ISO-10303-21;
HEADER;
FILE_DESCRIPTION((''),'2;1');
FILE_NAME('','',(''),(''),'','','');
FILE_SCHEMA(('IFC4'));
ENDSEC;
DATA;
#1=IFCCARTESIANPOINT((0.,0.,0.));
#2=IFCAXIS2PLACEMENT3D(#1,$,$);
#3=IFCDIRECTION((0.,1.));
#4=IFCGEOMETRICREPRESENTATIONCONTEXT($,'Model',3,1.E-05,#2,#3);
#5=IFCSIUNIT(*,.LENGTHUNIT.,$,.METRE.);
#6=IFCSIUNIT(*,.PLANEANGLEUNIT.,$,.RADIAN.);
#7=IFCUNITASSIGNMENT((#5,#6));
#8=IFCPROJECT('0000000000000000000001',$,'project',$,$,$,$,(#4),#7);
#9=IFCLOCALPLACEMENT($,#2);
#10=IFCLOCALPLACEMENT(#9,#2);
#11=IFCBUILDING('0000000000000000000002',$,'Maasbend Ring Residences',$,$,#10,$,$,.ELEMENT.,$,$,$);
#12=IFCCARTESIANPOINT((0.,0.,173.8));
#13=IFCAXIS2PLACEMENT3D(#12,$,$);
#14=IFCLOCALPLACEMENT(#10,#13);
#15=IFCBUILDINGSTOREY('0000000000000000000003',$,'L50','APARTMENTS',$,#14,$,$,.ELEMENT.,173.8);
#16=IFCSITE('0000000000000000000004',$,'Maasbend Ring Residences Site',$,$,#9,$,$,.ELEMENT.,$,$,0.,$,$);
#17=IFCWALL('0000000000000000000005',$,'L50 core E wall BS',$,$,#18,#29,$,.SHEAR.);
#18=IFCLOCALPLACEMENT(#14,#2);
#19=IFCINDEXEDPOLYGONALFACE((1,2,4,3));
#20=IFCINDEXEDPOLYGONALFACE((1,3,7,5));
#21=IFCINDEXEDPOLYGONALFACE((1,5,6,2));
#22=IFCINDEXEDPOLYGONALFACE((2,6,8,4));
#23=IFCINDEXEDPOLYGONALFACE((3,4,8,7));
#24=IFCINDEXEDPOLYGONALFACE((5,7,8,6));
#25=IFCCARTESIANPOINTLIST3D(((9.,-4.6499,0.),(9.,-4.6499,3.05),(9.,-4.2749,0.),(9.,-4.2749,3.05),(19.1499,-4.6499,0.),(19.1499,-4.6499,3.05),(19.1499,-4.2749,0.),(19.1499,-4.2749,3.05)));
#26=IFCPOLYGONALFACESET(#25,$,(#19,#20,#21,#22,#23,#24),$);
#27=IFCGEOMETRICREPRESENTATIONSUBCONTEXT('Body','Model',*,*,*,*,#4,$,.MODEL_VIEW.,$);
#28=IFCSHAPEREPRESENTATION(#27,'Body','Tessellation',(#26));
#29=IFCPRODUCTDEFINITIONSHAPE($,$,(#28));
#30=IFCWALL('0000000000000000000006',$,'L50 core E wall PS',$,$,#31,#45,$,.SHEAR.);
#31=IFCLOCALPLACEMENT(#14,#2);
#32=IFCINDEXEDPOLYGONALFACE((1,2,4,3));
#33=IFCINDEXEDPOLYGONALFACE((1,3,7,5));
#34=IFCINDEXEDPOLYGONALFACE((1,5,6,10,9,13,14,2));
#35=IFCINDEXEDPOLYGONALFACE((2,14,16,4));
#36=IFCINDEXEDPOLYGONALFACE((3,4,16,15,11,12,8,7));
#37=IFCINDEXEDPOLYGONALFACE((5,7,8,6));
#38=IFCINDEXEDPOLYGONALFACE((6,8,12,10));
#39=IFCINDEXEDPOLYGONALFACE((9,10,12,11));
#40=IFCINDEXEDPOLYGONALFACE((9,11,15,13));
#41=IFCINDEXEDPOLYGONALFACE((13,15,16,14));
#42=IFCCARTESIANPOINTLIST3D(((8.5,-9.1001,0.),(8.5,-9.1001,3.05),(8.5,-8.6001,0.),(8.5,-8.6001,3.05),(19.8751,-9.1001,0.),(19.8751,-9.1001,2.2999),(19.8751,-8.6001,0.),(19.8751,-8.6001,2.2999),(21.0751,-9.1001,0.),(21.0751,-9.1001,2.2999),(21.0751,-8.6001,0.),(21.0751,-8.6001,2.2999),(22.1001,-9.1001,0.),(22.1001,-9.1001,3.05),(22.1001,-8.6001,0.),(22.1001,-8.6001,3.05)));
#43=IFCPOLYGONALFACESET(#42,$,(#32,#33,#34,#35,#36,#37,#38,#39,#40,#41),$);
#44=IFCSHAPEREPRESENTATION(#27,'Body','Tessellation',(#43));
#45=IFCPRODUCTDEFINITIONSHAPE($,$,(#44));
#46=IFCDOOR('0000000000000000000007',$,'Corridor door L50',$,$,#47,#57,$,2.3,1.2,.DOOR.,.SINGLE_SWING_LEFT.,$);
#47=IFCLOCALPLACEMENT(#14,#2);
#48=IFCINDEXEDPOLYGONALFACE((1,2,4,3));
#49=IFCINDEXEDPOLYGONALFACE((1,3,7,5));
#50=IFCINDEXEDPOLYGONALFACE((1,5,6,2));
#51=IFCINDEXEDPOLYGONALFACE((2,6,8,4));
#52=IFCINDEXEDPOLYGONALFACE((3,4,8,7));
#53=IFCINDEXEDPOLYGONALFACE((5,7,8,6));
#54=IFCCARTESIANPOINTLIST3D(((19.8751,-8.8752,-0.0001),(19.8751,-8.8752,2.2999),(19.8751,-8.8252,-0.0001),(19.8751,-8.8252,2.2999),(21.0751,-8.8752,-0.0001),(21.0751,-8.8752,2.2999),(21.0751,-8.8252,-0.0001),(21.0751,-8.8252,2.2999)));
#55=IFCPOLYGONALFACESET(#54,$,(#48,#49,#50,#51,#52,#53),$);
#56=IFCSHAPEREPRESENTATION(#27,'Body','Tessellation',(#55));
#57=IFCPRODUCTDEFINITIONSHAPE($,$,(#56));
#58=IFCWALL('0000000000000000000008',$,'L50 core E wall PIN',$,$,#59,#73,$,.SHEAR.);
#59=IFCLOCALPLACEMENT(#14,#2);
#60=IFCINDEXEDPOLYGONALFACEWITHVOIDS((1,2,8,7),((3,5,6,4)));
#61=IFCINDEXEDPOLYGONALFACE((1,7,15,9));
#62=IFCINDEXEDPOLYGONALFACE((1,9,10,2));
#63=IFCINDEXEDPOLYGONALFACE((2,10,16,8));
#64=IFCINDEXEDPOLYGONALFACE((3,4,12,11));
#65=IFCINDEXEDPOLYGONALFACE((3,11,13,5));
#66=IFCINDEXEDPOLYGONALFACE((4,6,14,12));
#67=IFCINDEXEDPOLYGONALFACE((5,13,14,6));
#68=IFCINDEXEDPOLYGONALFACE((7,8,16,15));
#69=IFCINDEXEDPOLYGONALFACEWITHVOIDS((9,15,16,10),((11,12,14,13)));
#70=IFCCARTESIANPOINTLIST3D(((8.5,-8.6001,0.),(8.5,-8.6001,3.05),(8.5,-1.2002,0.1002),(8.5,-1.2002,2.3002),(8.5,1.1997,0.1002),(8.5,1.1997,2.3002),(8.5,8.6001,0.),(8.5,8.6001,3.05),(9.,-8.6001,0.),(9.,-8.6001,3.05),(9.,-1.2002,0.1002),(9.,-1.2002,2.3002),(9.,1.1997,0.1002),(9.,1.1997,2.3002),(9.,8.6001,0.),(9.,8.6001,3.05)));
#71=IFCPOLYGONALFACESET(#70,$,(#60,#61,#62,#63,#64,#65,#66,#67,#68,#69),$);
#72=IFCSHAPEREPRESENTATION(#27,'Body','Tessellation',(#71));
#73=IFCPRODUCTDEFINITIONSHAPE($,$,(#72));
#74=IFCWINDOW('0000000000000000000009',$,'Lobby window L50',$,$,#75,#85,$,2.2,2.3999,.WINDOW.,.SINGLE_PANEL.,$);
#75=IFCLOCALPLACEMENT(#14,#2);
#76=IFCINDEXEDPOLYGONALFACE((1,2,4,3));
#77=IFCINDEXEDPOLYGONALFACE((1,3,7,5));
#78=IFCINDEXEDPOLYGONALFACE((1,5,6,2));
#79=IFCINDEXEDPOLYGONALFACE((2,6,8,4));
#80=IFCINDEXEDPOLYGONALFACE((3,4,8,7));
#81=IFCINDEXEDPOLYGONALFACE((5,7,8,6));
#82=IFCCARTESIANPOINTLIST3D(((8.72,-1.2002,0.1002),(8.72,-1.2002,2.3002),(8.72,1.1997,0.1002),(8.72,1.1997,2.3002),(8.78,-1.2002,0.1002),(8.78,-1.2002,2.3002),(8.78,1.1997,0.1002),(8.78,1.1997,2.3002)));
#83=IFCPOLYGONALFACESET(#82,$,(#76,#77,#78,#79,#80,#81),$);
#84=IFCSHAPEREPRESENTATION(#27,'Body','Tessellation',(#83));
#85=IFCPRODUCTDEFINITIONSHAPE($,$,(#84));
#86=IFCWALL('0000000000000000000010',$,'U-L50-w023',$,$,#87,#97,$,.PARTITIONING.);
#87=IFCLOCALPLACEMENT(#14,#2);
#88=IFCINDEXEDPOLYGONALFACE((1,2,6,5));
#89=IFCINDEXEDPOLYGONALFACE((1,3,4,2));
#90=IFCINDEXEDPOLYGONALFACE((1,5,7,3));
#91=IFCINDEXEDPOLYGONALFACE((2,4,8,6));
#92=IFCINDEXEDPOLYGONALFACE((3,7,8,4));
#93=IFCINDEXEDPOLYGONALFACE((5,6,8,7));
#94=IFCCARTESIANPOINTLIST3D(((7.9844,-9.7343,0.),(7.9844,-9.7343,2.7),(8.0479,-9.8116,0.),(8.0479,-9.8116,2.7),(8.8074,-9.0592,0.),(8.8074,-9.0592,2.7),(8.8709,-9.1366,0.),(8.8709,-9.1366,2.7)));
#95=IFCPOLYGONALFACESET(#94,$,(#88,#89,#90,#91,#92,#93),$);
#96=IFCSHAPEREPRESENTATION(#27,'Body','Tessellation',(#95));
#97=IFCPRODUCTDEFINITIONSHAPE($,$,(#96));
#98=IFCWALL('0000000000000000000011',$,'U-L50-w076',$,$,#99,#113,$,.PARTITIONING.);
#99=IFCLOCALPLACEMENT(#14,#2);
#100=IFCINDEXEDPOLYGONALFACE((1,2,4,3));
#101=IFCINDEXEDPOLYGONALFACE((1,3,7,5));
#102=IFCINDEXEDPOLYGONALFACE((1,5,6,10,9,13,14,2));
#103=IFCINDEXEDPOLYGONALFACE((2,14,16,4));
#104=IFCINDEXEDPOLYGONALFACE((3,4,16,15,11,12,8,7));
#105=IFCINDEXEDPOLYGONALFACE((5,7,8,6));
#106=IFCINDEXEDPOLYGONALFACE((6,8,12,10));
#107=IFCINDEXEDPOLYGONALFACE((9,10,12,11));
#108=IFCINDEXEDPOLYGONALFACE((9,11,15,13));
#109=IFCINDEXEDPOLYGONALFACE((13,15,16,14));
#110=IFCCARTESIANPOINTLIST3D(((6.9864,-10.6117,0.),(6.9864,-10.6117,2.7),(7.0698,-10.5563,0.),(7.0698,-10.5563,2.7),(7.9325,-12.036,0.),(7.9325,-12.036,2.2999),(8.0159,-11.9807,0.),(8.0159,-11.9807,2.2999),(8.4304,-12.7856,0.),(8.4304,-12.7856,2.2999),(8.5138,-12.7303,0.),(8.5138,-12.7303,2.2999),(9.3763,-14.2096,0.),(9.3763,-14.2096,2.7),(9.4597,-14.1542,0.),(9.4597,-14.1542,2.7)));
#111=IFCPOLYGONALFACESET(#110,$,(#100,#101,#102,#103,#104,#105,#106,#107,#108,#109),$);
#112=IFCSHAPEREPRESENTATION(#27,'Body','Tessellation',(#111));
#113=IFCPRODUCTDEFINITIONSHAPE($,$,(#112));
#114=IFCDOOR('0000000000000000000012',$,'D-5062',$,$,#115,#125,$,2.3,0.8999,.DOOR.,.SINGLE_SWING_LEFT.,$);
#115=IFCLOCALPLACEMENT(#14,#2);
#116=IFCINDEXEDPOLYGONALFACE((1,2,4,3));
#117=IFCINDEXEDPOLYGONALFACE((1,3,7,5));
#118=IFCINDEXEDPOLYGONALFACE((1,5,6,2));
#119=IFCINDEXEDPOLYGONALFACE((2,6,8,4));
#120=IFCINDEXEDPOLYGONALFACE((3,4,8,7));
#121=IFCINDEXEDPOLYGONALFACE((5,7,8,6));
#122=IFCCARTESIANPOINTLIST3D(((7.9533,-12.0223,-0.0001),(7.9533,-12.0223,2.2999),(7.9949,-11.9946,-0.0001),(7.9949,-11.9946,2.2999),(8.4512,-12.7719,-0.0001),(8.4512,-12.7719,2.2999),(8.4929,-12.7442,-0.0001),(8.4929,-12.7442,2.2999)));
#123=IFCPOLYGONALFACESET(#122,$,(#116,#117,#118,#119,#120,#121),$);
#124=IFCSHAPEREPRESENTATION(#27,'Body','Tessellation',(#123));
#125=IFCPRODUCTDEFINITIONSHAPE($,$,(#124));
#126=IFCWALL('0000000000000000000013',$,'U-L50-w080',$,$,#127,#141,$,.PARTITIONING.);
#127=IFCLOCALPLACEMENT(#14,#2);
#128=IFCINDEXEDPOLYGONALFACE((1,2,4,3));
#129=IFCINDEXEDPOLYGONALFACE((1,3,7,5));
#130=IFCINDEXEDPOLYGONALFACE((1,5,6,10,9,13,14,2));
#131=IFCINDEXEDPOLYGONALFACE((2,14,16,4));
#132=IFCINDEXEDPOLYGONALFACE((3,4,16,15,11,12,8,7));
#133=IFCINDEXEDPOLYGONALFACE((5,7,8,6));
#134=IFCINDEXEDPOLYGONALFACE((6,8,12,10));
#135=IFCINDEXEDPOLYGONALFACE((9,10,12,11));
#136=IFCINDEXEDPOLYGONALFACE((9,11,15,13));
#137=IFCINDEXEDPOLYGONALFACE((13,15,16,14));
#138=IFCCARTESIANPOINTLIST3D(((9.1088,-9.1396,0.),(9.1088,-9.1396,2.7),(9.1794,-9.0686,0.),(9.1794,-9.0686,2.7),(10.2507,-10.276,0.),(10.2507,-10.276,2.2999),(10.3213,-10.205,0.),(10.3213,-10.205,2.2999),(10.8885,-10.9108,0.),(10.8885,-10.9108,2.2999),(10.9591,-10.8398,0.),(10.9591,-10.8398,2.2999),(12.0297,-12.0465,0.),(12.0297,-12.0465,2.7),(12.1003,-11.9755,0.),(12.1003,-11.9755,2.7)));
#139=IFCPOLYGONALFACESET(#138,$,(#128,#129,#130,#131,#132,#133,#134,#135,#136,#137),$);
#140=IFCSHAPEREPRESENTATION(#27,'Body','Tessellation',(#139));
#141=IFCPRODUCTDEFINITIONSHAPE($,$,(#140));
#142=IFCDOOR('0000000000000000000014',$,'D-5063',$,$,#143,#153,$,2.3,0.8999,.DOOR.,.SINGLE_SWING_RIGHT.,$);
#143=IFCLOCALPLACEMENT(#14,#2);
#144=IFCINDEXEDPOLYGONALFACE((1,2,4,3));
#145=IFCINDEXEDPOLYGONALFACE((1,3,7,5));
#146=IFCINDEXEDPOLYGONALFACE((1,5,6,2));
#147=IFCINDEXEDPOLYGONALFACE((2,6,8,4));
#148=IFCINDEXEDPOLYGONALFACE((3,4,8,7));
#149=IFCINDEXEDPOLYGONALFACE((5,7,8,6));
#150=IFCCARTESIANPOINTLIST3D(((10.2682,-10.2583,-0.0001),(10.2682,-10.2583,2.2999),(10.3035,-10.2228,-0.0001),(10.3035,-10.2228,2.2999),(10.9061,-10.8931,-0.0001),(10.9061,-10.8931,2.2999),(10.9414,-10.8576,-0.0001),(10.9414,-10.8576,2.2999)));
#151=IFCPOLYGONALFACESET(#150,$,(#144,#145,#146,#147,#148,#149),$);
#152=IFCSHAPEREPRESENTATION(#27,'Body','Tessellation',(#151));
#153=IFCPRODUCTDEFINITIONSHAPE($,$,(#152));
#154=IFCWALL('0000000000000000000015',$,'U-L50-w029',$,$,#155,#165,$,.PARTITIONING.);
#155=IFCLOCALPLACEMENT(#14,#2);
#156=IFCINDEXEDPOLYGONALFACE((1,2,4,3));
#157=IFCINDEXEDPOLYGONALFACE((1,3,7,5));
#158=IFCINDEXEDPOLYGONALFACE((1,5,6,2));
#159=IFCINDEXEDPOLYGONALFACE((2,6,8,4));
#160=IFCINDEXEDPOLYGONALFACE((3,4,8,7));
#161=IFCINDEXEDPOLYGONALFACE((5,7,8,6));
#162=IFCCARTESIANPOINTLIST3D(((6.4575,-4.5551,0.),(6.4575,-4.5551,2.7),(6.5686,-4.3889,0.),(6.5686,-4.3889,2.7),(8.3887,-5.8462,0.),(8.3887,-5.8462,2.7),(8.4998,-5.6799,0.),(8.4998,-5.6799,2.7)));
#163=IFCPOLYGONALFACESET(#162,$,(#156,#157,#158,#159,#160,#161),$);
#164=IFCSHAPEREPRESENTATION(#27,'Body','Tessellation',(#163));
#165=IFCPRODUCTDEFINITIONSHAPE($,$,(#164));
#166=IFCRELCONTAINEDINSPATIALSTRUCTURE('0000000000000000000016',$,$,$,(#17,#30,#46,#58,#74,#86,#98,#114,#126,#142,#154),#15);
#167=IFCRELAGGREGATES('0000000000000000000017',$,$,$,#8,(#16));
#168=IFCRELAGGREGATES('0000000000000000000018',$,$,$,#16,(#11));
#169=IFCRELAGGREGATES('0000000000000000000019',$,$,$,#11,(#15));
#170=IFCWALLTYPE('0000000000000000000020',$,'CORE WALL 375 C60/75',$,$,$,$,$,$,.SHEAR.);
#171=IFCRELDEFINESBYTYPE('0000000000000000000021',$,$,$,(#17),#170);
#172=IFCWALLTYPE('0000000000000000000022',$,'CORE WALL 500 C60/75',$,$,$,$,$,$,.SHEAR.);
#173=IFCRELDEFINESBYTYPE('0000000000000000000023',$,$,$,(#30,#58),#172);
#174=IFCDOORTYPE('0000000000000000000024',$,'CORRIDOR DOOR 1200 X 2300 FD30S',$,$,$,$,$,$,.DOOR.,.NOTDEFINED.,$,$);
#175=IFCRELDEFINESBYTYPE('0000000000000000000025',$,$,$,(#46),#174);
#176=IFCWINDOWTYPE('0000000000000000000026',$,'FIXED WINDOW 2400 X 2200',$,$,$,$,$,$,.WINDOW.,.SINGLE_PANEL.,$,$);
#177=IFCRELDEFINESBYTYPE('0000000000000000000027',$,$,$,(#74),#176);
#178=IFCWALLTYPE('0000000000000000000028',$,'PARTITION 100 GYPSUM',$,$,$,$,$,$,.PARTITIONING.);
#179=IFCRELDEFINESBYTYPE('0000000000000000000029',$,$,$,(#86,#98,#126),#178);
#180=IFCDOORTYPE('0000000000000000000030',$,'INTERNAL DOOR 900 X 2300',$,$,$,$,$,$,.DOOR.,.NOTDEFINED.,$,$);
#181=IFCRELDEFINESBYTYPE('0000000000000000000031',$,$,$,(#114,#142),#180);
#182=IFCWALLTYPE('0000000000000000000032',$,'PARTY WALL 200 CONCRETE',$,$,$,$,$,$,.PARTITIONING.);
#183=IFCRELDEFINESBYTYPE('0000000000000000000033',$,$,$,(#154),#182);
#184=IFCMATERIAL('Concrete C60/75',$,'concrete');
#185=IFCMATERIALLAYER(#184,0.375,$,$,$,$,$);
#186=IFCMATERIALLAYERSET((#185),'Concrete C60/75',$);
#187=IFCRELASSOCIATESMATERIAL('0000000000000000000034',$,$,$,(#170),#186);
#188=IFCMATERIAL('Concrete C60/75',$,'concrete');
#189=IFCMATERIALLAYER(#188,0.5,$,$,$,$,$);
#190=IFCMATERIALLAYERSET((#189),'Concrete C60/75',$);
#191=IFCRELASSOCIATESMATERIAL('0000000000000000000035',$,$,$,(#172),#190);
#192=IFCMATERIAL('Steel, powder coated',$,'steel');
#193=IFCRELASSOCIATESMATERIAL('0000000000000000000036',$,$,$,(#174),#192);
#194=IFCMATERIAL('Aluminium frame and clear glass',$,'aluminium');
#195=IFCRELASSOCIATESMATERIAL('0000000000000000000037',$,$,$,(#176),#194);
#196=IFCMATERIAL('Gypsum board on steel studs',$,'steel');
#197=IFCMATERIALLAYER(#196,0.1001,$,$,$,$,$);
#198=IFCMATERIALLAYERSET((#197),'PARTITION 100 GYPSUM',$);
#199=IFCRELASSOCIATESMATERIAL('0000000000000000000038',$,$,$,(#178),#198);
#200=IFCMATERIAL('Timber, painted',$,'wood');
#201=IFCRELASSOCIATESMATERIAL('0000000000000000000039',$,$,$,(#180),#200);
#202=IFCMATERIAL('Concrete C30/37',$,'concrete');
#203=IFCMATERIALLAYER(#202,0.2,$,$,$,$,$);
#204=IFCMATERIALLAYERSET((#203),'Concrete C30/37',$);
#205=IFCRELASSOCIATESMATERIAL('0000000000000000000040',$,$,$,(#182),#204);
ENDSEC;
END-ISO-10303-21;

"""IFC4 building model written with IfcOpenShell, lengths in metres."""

from ifc_helpers import new_model, si_unit, direction, frame, frame_2d, origin, place, context, subcontext, project, spatial, rectangle, extrude, material, layer, layer_set, type_object, element, fill, save


model = new_model("IFC4")

# Units and contexts
model_context = context("Model", 3, precision=1e-05, world=origin(), true_north=direction((0.0, 1.0)))
body_context = subcontext(model_context, "Body", "Model", "MODEL_VIEW")
ifc_project = project(units=[si_unit("LENGTHUNIT", "METRE"), si_unit("PLANEANGLEUNIT", "RADIAN")], contexts=[model_context])

# Site, building, storey
site_placement = place(None, origin())
site = spatial("IfcSite", under=ifc_project, at=site_placement, Name="Maasbend Ring Residences Site", CompositionType="ELEMENT", RefElevation=0.0)
building_placement = place(site_placement, origin())
building = spatial("IfcBuilding", under=site, at=building_placement, Name="Maasbend Ring Residences", CompositionType="ELEMENT")
storey_placement = place(building_placement, frame((0.0, 0.0, 173.8)))
storey = spatial("IfcBuildingStorey", under=building, at=storey_placement, Name="L50", Description="APARTMENTS", CompositionType="ELEMENT", Elevation=173.8)

# Wall
ifc_material_1 = material(Name="Concrete C60/75", Category="concrete")
ifc_layer_1 = layer(ifc_material_1, 0.375)
ifc_layer_set_1 = layer_set([ifc_layer_1], Name="Concrete C60/75")
wall_type_1 = type_object("IfcWallType", Name="CORE WALL 375 C60/75", PredefinedType="SHEAR", material=ifc_layer_set_1)
wall_1_placement = place(storey_placement, frame((9.0, -4.4624, 0.0), z_axis=(0.0, 0.0, 1.0), x_axis=(1.0, 0.0, 0.0)))
element("IfcWall", 1, at=wall_1_placement, inside=storey, type_object=wall_type_1, Name="L50 core E wall BS", PredefinedType="SHEAR", context=body_context, shape_type="SweptSolid", body=[
    extrude(rectangle(XDim=10.1499, YDim=0.375, at=frame_2d((5.075, 0.0))), origin(), (0.0, 0.0, 1.0), 3.05),
])

# Wall, opening, door
ifc_material_2 = material(Name="Concrete C60/75", Category="concrete")
ifc_layer_2 = layer(ifc_material_2, 0.5)
ifc_layer_set_2 = layer_set([ifc_layer_2], Name="Concrete C60/75")
wall_type_2 = type_object("IfcWallType", Name="CORE WALL 500 C60/75", PredefinedType="SHEAR", material=ifc_layer_set_2)
wall_2_placement = place(storey_placement, frame((8.5, -8.8501, 0.0), z_axis=(0.0, 0.0, 1.0), x_axis=(1.0, 0.0, 0.0)))
wall_2 = element("IfcWall", 2, at=wall_2_placement, inside=storey, type_object=wall_type_2, Name="L50 core E wall PS", PredefinedType="SHEAR", context=body_context, shape_type="SweptSolid", body=[
    extrude(rectangle(XDim=13.6001, YDim=0.5, at=frame_2d((6.8, 0.0))), origin(), (0.0, 0.0, 1.0), 3.05),
])
opening_1_placement = place(wall_2_placement, frame((11.375, 0.0, 0.0)))
opening_1 = element("IfcOpeningElement", 3, at=opening_1_placement, cuts=wall_2, PredefinedType="OPENING", context=body_context, shape_type="SweptSolid", body=[
    extrude(rectangle(XDim=1.2, YDim=2.3, at=frame_2d((0.6001, 1.1499))), frame((0.0, 0.26, 0.0), z_axis=(0.0, -1.0, 0.0), x_axis=(1.0, 0.0, 0.0)), (0.0, 0.0, 1.0), 0.52),
])
ifc_material_3 = material(Name="Steel, powder coated", Category="steel")
door_type_1 = type_object("IfcDoorType", Name="CORRIDOR DOOR 1200 X 2300 FD30S", OperationType="NOTDEFINED", PredefinedType="DOOR", material=ifc_material_3)
door_1_placement = place(opening_1_placement, origin())
door_1 = element("IfcDoor", 4, at=door_1_placement, inside=storey, type_object=door_type_1, Name="Corridor door L50", OperationType="SINGLE_SWING_LEFT", OverallHeight=2.3, OverallWidth=1.2, PredefinedType="DOOR", context=body_context, shape_type="SweptSolid", body=[
    extrude(rectangle(XDim=1.2, YDim=2.3, at=frame_2d((0.6001, 1.1499))), frame((0.0, 0.0249, 0.0), z_axis=(0.0, -1.0, 0.0), x_axis=(1.0, 0.0, 0.0)), (0.0, 0.0, 1.0), 0.05),
])
fill(opening_1, door_1)

# Wall, opening, window
wall_3_placement = place(storey_placement, frame((8.75, -8.6001, 0.0), z_axis=(0.0, 0.0, 1.0), x_axis=(0.0, 1.0, 0.0)))
wall_3 = element("IfcWall", 5, at=wall_3_placement, inside=storey, type_object=wall_type_2, Name="L50 core E wall PIN", PredefinedType="SHEAR", context=body_context, shape_type="SweptSolid", body=[
    extrude(rectangle(XDim=17.2002, YDim=0.5, at=frame_2d((8.6001, 0.0))), origin(), (0.0, 0.0, 1.0), 3.05),
])
opening_2_placement = place(wall_3_placement, frame((7.3999, 0.0, 0.1001)))
opening_2 = element("IfcOpeningElement", 6, at=opening_2_placement, cuts=wall_3, PredefinedType="OPENING", context=body_context, shape_type="SweptSolid", body=[
    extrude(rectangle(XDim=2.3999, YDim=2.2, at=frame_2d((1.2, 1.1001))), frame((0.0, 0.26, 0.0), z_axis=(0.0, -1.0, 0.0), x_axis=(1.0, 0.0, 0.0)), (0.0, 0.0, 1.0), 0.52),
])
ifc_material_4 = material(Name="Aluminium frame and clear glass", Category="aluminium")
window_type = type_object("IfcWindowType", Name="FIXED WINDOW 2400 X 2200", PartitioningType="SINGLE_PANEL", PredefinedType="WINDOW", material=ifc_material_4)
window_placement = place(opening_2_placement, origin())
window = element("IfcWindow", 7, at=window_placement, inside=storey, type_object=window_type, Name="Lobby window L50", OverallHeight=2.2, OverallWidth=2.3999, PartitioningType="SINGLE_PANEL", PredefinedType="WINDOW", context=body_context, shape_type="SweptSolid", body=[
    extrude(rectangle(XDim=2.3999, YDim=2.2, at=frame_2d((1.2, 1.1001))), frame((0.0, 0.03, 0.0), z_axis=(0.0, -1.0, 0.0), x_axis=(1.0, 0.0, 0.0)), (0.0, 0.0, 1.0), 0.0601),
])
fill(opening_2, window)

# Wall
ifc_material_5 = material(Name="Gypsum board on steel studs", Category="steel")
ifc_layer_3 = layer(ifc_material_5, 0.1001)
ifc_layer_set_3 = layer_set([ifc_layer_3], Name="PARTITION 100 GYPSUM")
wall_type_3 = type_object("IfcWallType", Name="PARTITION 100 GYPSUM", PredefinedType="PARTITIONING", material=ifc_layer_set_3)
wall_4_placement = place(storey_placement, frame((8.0161, -9.7729, 0.0), z_axis=(0.0, 0.0, 1.0), x_axis=(0.77318, 0.634187, 0.0)))
element("IfcWall", 8, at=wall_4_placement, inside=storey, type_object=wall_type_3, Name="U-L50-w023", PredefinedType="PARTITIONING", context=body_context, shape_type="SweptSolid", body=[
    extrude(rectangle(XDim=1.0645, YDim=0.1001, at=frame_2d((0.5322, 0.0))), origin(), (0.0, 0.0, 1.0), 2.7),
])

# Walls, openings, doors
wall_5_placement = place(storey_placement, frame((7.0281, -10.584, 0.0), z_axis=(0.0, 0.0, 1.0), x_axis=(0.553304, -0.83298, 0.0)))
wall_5 = element("IfcWall", 9, at=wall_5_placement, inside=storey, type_object=wall_type_3, Name="U-L50-w076", PredefinedType="PARTITIONING", context=body_context, shape_type="SweptSolid", body=[
    extrude(rectangle(XDim=4.3193, YDim=0.1001, at=frame_2d((2.1597, 0.0))), origin(), (0.0, 0.0, 1.0), 2.7),
])
opening_3_placement = place(wall_5_placement, frame((1.71, 0.0, 0.0)))
opening_3 = element("IfcOpeningElement", 10, at=opening_3_placement, cuts=wall_5, PredefinedType="OPENING", context=body_context, shape_type="SweptSolid", body=[
    extrude(rectangle(XDim=0.8999, YDim=2.3, at=frame_2d((0.45, 1.1499))), frame((0.0, 0.0601, 0.0), z_axis=(0.0, -1.0, 0.0), x_axis=(1.0, 0.0, 0.0)), (0.0, 0.0, 1.0), 0.1201),
])
ifc_material_6 = material(Name="Timber, painted", Category="wood")
door_type_2 = type_object("IfcDoorType", Name="INTERNAL DOOR 900 X 2300", OperationType="NOTDEFINED", PredefinedType="DOOR", material=ifc_material_6)
door_2_placement = place(opening_3_placement, origin())
door_2 = element("IfcDoor", 11, at=door_2_placement, inside=storey, type_object=door_type_2, Name="D-5062", OperationType="SINGLE_SWING_LEFT", OverallHeight=2.3, OverallWidth=0.8999, PredefinedType="DOOR", context=body_context, shape_type="SweptSolid", body=[
    extrude(rectangle(XDim=0.8999, YDim=2.3, at=frame_2d((0.45, 1.1499))), frame((0.0, 0.0249, 0.0), z_axis=(0.0, -1.0, 0.0), x_axis=(1.0, 0.0, 0.0)), (0.0, 0.0, 1.0), 0.05),
])
fill(opening_3, door_2)
wall_6_placement = place(storey_placement, frame((9.144, -9.104, 0.0), z_axis=(0.0, 0.0, 1.0), x_axis=(0.708793, -0.705416, 0.0)))
wall_6 = element("IfcWall", 12, at=wall_6_placement, inside=storey, type_object=wall_type_3, Name="U-L50-w080", PredefinedType="PARTITIONING", context=body_context, shape_type="SweptSolid", body=[
    extrude(rectangle(XDim=4.1208, YDim=0.1001, at=frame_2d((2.0605, 0.0))), origin(), (0.0, 0.0, 1.0), 2.7),
])
opening_4_placement = place(wall_6_placement, frame((1.6111, 0.0, 0.0)))
opening_4 = element("IfcOpeningElement", 13, at=opening_4_placement, cuts=wall_6, PredefinedType="OPENING", context=body_context, shape_type="SweptSolid", body=[
    extrude(rectangle(XDim=0.8999, YDim=2.3, at=frame_2d((0.45, 1.1499))), frame((0.0, 0.0601, 0.0), z_axis=(0.0, -1.0, 0.0), x_axis=(1.0, 0.0, 0.0)), (0.0, 0.0, 1.0), 0.1201),
])
door_3_placement = place(opening_4_placement, origin())
door_3 = element("IfcDoor", 14, at=door_3_placement, inside=storey, type_object=door_type_2, Name="D-5063", OperationType="SINGLE_SWING_RIGHT", OverallHeight=2.3, OverallWidth=0.8999, PredefinedType="DOOR", context=body_context, shape_type="SweptSolid", body=[
    extrude(rectangle(XDim=0.8999, YDim=2.3, at=frame_2d((0.45, 1.1499))), frame((0.0, 0.0249, 0.0), z_axis=(0.0, -1.0, 0.0), x_axis=(1.0, 0.0, 0.0)), (0.0, 0.0, 1.0), 0.05),
])
fill(opening_4, door_3)

# Wall
ifc_material_7 = material(Name="Concrete C30/37", Category="concrete")
ifc_layer_4 = layer(ifc_material_7, 0.2)
ifc_layer_set_4 = layer_set([ifc_layer_4], Name="Concrete C30/37")
wall_type_4 = type_object("IfcWallType", Name="PARTY WALL 200 CONCRETE", PredefinedType="PARTITIONING", material=ifc_layer_set_4)
wall_7_placement = place(storey_placement, frame((6.5129, -4.4719, 0.0), z_axis=(0.0, 0.0, 1.0), x_axis=(0.831338, -0.555767, 0.0)))
element("IfcWall", 15, at=wall_7_placement, inside=storey, type_object=wall_type_4, Name="U-L50-w029", PredefinedType="PARTITIONING", context=body_context, shape_type="SweptSolid", body=[
    extrude(rectangle(XDim=2.323, YDim=0.2, at=frame_2d((1.1616, 0.0))), origin(), (0.0, 0.0, 1.0), 2.7),
])

save(model, "model.ifc")
